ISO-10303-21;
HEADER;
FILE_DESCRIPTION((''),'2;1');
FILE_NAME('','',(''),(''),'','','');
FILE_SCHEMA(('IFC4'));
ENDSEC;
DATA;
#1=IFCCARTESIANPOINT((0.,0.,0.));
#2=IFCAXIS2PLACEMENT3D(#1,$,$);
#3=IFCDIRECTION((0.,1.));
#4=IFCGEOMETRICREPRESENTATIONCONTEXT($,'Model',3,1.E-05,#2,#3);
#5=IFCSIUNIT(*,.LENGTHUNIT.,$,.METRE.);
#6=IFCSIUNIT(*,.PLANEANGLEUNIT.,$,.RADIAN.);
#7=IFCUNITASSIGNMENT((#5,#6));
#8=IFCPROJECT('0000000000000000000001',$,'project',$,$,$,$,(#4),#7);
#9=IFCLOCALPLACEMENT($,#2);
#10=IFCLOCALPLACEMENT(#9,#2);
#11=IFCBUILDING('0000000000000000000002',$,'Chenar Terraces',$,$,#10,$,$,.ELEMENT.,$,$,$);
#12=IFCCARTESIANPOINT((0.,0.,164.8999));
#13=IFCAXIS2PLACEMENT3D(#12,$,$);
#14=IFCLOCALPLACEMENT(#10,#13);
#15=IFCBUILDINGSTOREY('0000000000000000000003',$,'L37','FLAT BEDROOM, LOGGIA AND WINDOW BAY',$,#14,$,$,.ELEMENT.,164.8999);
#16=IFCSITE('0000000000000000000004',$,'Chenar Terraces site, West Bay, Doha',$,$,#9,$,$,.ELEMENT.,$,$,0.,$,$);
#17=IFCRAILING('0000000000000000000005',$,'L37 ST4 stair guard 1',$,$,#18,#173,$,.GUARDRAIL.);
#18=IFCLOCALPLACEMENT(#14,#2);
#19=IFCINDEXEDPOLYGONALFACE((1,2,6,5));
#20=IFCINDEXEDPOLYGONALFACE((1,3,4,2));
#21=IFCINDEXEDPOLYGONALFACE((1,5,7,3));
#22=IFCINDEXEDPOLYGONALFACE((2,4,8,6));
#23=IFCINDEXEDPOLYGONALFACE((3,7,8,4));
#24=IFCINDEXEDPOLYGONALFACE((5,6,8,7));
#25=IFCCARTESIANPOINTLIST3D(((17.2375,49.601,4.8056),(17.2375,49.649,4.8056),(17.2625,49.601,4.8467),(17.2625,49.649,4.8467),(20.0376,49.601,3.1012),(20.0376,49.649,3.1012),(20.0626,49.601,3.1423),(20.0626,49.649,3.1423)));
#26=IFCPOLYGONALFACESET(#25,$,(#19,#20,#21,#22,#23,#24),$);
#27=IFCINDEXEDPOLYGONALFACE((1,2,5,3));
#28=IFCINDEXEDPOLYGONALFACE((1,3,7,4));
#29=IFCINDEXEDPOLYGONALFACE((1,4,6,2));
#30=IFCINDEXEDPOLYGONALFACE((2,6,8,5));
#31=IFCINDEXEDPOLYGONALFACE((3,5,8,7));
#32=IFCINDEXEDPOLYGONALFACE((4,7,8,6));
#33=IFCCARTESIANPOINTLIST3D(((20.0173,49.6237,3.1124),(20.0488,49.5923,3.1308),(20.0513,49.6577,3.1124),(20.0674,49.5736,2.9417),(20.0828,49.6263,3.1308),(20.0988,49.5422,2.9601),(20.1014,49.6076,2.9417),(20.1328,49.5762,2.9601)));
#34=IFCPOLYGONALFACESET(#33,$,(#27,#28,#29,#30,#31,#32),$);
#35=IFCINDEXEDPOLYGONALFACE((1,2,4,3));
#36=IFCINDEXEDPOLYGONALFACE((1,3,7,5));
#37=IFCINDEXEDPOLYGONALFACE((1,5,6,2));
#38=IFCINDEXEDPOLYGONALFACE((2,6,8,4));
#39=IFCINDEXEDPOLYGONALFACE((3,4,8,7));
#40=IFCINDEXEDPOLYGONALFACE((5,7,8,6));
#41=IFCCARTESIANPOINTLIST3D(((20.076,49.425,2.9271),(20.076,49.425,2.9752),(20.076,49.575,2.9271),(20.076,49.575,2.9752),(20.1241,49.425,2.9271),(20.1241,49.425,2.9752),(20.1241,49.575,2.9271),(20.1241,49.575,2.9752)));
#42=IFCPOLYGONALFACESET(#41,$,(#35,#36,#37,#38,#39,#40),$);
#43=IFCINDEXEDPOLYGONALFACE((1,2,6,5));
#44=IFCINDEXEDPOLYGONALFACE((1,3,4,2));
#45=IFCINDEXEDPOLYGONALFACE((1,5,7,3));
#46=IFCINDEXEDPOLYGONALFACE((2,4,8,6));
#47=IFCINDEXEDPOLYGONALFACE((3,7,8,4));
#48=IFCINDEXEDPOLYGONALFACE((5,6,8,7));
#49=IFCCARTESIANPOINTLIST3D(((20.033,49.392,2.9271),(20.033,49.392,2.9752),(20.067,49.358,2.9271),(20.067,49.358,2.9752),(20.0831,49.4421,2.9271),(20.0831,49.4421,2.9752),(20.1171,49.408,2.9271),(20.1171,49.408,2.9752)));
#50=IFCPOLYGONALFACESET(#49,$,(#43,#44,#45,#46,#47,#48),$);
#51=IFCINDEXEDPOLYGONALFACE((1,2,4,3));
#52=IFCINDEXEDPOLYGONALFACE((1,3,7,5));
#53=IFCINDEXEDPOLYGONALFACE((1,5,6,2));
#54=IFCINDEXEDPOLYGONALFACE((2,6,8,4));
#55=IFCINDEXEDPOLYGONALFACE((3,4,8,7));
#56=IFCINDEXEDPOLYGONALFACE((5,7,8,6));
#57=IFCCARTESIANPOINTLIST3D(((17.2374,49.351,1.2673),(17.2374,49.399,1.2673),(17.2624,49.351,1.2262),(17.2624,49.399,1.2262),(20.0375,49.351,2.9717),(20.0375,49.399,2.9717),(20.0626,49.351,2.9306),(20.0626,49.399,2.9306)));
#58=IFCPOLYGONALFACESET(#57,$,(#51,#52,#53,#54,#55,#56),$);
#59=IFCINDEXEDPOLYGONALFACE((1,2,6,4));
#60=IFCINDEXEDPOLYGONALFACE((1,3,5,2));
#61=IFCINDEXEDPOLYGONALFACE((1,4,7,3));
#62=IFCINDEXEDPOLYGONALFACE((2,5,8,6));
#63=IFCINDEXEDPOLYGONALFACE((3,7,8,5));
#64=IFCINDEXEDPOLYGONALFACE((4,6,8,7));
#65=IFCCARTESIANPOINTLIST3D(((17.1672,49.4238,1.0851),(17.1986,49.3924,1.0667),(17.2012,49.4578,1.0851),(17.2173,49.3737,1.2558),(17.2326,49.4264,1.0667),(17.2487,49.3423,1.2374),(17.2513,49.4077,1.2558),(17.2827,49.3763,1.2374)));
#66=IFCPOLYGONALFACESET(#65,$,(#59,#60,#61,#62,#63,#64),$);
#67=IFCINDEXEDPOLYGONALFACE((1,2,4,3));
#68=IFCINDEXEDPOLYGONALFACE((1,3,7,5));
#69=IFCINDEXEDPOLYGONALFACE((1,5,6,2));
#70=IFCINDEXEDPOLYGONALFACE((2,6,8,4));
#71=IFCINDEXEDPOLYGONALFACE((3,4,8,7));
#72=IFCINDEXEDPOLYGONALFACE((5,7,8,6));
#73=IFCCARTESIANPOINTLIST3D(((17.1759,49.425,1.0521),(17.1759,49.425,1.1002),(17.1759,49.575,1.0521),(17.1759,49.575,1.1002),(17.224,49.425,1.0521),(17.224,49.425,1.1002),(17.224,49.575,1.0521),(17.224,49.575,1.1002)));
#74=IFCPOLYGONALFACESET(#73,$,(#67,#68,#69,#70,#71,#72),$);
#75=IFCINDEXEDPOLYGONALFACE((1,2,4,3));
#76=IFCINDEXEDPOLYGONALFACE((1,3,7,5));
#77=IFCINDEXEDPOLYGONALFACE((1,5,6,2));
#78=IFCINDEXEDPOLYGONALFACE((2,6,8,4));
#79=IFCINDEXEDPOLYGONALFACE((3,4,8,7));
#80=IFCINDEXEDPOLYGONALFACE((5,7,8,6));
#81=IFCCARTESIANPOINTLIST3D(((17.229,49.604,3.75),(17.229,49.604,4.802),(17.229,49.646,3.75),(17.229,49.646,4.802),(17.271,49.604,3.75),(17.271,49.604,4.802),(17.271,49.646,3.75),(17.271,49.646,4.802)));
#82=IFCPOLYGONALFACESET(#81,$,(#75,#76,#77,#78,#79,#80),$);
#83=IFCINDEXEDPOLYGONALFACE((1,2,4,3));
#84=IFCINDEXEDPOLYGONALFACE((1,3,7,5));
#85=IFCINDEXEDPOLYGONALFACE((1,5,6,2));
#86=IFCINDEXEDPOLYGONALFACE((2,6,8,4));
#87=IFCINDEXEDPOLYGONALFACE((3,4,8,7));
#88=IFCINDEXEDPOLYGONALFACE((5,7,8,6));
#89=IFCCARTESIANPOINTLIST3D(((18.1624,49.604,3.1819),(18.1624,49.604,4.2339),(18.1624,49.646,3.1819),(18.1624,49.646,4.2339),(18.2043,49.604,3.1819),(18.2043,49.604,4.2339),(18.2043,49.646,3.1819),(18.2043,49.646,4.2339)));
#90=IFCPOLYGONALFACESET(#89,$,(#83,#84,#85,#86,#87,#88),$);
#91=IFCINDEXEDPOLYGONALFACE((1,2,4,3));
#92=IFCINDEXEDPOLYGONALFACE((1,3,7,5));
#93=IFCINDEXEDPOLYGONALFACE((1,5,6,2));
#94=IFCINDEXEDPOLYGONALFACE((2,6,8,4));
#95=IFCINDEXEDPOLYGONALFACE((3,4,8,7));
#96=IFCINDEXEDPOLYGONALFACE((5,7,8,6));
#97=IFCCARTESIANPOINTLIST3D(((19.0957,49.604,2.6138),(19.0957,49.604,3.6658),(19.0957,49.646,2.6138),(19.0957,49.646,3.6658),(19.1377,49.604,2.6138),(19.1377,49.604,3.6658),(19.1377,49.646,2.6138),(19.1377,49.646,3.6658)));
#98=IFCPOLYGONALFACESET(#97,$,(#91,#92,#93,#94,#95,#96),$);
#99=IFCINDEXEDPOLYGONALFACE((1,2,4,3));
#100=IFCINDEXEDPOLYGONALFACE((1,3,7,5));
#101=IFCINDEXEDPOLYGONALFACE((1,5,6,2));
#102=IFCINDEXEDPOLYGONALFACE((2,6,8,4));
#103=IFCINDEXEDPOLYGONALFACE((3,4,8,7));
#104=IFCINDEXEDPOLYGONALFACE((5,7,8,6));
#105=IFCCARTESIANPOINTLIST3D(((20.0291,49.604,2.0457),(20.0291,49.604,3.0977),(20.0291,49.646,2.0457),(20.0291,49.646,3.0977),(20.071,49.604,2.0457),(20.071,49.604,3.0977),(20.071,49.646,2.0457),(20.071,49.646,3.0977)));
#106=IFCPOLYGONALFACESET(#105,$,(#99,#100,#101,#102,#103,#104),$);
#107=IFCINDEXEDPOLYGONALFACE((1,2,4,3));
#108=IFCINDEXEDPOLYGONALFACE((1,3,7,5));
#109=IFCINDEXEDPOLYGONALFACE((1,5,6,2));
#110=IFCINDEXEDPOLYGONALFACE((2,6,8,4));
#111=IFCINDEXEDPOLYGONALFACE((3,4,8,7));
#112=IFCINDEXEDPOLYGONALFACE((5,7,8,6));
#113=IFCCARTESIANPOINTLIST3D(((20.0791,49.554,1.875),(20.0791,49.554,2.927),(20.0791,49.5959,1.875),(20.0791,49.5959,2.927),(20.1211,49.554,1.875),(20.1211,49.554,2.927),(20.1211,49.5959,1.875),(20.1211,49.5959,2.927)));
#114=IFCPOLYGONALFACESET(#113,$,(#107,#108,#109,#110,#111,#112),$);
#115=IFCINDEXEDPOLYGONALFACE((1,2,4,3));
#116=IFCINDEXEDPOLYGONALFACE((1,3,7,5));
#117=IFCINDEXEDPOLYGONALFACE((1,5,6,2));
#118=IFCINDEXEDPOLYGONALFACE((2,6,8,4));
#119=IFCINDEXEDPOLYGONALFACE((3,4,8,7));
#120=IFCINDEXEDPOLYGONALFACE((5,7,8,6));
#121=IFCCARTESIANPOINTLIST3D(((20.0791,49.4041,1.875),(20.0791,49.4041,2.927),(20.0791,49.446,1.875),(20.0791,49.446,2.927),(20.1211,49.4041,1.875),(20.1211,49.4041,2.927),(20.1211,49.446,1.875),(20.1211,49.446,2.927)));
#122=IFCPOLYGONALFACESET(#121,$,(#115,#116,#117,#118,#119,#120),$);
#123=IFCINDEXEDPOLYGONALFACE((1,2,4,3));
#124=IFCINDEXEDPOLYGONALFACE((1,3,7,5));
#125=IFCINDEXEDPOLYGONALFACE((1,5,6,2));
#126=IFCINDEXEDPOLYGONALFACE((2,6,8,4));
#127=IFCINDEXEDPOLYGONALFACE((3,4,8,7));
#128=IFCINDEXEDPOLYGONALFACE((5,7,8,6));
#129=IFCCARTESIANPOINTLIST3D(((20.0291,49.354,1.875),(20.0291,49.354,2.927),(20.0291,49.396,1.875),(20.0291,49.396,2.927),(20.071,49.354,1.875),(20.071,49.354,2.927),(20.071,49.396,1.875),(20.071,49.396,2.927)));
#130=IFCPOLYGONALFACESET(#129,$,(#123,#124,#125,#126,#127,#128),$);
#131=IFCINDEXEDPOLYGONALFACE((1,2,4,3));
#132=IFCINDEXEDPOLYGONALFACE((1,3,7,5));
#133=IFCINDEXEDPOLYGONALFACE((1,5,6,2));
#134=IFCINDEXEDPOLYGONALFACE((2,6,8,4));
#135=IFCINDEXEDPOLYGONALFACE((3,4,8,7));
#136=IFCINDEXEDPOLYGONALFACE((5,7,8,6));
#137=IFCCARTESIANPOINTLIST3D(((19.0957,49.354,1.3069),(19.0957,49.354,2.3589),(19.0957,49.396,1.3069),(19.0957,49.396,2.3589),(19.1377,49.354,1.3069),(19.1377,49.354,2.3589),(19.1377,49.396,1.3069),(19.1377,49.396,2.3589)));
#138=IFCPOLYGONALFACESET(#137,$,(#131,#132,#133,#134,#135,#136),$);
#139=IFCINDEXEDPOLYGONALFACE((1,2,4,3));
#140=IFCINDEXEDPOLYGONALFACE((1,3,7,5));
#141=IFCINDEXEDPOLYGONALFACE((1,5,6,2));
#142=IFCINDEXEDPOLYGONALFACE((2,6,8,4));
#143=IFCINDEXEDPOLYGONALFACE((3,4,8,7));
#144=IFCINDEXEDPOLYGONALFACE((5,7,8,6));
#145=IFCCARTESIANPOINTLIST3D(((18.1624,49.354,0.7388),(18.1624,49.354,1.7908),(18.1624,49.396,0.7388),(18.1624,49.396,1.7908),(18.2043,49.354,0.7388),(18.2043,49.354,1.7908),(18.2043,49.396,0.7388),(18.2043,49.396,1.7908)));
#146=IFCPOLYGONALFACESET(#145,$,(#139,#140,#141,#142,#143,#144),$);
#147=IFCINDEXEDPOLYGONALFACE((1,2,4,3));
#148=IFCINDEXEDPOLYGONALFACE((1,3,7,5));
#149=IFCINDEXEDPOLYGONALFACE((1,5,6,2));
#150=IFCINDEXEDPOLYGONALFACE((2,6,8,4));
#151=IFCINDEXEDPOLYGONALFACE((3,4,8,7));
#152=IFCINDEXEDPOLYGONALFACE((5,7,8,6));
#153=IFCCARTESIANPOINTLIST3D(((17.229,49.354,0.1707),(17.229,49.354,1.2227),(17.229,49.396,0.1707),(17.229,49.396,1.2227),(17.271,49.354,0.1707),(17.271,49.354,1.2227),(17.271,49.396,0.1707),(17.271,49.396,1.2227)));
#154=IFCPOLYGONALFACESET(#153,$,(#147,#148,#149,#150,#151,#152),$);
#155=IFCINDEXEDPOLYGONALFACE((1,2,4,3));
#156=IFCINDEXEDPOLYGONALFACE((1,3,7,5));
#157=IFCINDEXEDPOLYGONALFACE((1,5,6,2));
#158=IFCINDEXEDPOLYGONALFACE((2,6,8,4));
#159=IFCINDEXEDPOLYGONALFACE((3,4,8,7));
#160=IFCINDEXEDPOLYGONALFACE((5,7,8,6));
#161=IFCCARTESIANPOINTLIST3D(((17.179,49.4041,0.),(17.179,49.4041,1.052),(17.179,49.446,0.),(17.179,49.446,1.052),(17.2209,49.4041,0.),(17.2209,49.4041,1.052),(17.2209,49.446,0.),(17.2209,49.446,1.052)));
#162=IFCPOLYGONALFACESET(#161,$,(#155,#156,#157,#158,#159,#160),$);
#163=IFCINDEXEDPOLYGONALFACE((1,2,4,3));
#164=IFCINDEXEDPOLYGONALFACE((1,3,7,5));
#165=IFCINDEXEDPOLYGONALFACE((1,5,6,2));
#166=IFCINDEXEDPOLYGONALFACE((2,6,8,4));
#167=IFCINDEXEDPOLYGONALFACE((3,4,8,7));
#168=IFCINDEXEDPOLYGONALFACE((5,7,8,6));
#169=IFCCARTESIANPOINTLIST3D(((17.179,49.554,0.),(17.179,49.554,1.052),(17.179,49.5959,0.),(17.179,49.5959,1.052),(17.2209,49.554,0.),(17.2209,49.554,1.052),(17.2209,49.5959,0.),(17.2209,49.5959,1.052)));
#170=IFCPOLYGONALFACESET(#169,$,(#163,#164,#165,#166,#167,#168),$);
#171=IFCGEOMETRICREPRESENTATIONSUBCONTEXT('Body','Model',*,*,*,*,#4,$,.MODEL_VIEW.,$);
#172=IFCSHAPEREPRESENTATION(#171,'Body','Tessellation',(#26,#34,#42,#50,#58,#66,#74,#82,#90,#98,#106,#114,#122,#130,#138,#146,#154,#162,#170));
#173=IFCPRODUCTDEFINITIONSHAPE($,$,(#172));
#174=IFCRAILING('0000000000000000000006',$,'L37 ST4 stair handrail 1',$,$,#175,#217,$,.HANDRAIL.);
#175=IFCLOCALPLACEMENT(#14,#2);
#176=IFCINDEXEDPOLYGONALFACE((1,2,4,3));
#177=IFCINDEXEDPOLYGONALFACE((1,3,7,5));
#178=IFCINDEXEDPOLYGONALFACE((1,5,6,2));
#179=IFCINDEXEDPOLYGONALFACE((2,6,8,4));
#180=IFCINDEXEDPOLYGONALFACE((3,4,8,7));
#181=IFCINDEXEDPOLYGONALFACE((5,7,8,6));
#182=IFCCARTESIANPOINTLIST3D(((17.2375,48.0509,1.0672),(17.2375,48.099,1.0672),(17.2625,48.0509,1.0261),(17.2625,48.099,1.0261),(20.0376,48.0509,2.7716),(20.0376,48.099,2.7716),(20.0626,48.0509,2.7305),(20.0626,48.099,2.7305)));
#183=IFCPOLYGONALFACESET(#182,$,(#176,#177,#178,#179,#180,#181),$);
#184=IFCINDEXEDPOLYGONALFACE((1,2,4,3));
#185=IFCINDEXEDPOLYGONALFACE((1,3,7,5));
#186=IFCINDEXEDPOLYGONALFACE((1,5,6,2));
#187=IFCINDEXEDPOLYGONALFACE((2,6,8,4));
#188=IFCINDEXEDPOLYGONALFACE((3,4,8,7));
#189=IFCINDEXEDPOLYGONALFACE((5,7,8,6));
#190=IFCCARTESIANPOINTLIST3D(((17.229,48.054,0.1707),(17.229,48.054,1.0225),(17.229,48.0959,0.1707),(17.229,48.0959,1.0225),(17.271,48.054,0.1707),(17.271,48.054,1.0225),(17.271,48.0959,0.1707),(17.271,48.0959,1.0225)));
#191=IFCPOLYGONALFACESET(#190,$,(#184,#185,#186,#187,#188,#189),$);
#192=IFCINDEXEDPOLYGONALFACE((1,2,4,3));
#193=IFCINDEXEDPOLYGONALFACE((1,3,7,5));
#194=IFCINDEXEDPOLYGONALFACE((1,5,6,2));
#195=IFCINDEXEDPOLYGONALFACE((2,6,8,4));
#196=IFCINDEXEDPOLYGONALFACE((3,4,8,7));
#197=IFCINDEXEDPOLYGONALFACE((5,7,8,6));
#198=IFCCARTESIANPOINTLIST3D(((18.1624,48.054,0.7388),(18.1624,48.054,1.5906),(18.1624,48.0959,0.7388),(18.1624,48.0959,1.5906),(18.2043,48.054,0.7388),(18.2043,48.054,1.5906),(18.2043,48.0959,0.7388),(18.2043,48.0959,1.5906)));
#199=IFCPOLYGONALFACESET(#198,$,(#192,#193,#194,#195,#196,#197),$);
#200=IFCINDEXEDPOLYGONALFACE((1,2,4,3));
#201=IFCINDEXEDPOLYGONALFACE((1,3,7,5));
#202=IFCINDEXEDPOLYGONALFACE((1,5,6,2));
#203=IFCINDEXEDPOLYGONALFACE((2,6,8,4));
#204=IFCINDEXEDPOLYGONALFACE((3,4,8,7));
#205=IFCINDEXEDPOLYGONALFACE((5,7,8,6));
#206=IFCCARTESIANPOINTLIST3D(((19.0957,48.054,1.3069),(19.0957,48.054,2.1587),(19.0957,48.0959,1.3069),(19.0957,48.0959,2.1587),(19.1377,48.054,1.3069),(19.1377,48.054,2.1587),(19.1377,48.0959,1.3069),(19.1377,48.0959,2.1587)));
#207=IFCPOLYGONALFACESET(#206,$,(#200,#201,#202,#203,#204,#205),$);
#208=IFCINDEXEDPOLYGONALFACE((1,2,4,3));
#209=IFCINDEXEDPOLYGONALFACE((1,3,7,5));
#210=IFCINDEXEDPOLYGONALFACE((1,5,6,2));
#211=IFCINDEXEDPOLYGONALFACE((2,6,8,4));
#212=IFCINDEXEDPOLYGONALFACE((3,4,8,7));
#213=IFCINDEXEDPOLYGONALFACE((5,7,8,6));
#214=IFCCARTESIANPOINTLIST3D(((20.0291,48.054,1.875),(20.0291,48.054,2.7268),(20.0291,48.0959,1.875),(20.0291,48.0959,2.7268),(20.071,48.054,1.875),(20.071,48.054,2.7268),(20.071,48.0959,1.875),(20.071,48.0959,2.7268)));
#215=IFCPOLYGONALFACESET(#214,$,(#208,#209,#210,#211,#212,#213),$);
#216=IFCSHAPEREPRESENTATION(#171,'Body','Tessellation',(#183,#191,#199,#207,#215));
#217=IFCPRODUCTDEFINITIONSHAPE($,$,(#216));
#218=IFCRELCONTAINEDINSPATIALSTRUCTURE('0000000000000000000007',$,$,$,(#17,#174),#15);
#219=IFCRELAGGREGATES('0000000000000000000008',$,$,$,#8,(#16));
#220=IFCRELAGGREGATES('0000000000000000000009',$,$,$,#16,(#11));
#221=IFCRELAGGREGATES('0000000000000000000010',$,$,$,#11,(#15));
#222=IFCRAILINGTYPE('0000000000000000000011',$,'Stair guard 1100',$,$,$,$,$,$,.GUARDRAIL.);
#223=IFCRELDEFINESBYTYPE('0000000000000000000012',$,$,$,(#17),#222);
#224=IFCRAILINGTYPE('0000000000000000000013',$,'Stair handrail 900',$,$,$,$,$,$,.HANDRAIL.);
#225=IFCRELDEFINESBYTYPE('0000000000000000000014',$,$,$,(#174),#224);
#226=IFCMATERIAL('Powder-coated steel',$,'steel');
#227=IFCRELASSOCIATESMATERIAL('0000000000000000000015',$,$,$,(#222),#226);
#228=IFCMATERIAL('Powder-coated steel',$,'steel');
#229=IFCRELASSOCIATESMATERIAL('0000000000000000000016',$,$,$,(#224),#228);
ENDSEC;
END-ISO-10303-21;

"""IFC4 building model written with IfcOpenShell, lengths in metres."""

from ifc_helpers import new_model, si_unit, direction, frame, origin, origin_2d, place, context, subcontext, project, spatial, rectangle, extrude, material, type_object, element, save


model = new_model("IFC4")

# Units and contexts
model_context = context("Model", 3, precision=1e-05, world=origin(), true_north=direction((0.0, 1.0)))
body_context = subcontext(model_context, "Body", "Model", "MODEL_VIEW")
ifc_project = project(units=[si_unit("LENGTHUNIT", "METRE"), si_unit("PLANEANGLEUNIT", "RADIAN")], contexts=[model_context])

# Site, building, storey
site_placement = place(None, origin())
site = spatial("IfcSite", under=ifc_project, at=site_placement, Name="Chenar Terraces site, West Bay, Doha", CompositionType="ELEMENT", RefElevation=0.0)
building_placement = place(site_placement, origin())
building = spatial("IfcBuilding", under=site, at=building_placement, Name="Chenar Terraces", CompositionType="ELEMENT")
storey_placement = place(building_placement, frame((0.0, 0.0, 164.8999)))
storey = spatial("IfcBuildingStorey", under=building, at=storey_placement, Name="L37", Description="FLAT BEDROOM, LOGGIA AND WINDOW BAY", CompositionType="ELEMENT", Elevation=164.8999)

# Railings
ifc_material_1 = material(Name="Powder-coated steel", Category="steel")
railing_type_1 = type_object("IfcRailingType", Name="Stair guard 1100", PredefinedType="GUARDRAIL", material=ifc_material_1)
railing_1_placement = place(storey_placement, frame((17.25, 49.625, 3.75)))
element("IfcRailing", 1, at=railing_1_placement, inside=storey, type_object=railing_type_1, Name="L37 ST4 stair guard 1", PredefinedType="GUARDRAIL", context=body_context, shape_type="SweptSolid", body=[
    extrude(rectangle(XDim=0.0481, YDim=0.0481, at=origin_2d()), frame((0.0, 0.0, 1.0762), z_axis=(0.854203, 0.0, -0.51994), x_axis=(0.0, 1.0, 0.0)), (0.0, 0.0, 1.0), 3.2781),
    extrude(rectangle(XDim=0.0481, YDim=0.0481, at=origin_2d()), frame((2.8, 0.0, -0.6284), z_axis=(0.2709, -0.2709, -0.923703), x_axis=(0.707107, 0.707107, 0.0)), (0.0, 0.0, 1.0), 0.1848),
    extrude(rectangle(XDim=0.0481, YDim=0.0481, at=origin_2d()), frame((2.8501, -0.05, -0.7988), z_axis=(0.0, -1.0, 0.0), x_axis=(1.0, 0.0, 0.0)), (0.0, 0.0, 1.0), 0.1499),
    extrude(rectangle(XDim=0.0481, YDim=0.0481, at=origin_2d()), frame((2.8501, -0.2, -0.7988), z_axis=(-0.707107, -0.707107, 0.0), x_axis=(0.707107, -0.707107, 0.0)), (0.0, 0.0, 1.0), 0.0708),
    extrude(rectangle(XDim=0.0481, YDim=0.0481, at=origin_2d()), frame((2.8, -0.25, -0.7988), z_axis=(-0.854203, 0.0, -0.51994), x_axis=(0.0, -1.0, 0.0)), (0.0, 0.0, 1.0), 3.2781),
    extrude(rectangle(XDim=0.0481, YDim=0.0481, at=origin_2d()), frame((0.0, -0.25, -2.5034), z_axis=(-0.2709, 0.2709, -0.923703), x_axis=(-0.707107, -0.707107, 0.0)), (0.0, 0.0, 1.0), 0.1848),
    extrude(rectangle(XDim=0.0481, YDim=0.0481, at=origin_2d()), frame((-0.05, -0.2, -2.6738), z_axis=(0.0, 1.0, 0.0), x_axis=(-1.0, 0.0, 0.0)), (0.0, 0.0, 1.0), 0.1499),
    extrude(rectangle(XDim=0.042, YDim=0.042, at=origin_2d()), origin(), (0.0, 0.0, 1.0), 1.052),
    extrude(rectangle(XDim=0.042, YDim=0.042, at=origin_2d()), frame((0.9333, 0.0, -0.5681)), (0.0, 0.0, 1.0), 1.052),
    extrude(rectangle(XDim=0.042, YDim=0.042, at=origin_2d()), frame((1.8667, 0.0, -1.1362)), (0.0, 0.0, 1.0), 1.052),
    extrude(rectangle(XDim=0.042, YDim=0.042, at=origin_2d()), frame((2.8, 0.0, -1.7043)), (0.0, 0.0, 1.0), 1.052),
    extrude(rectangle(XDim=0.042, YDim=0.042, at=origin_2d()), frame((2.8501, -0.05, -1.875)), (0.0, 0.0, 1.0), 1.052),
    extrude(rectangle(XDim=0.042, YDim=0.042, at=origin_2d()), frame((2.8501, -0.2, -1.875)), (0.0, 0.0, 1.0), 1.052),
    extrude(rectangle(XDim=0.042, YDim=0.042, at=origin_2d()), frame((2.8, -0.25, -1.875)), (0.0, 0.0, 1.0), 1.052),
    extrude(rectangle(XDim=0.042, YDim=0.042, at=origin_2d()), frame((1.8667, -0.25, -2.4431)), (0.0, 0.0, 1.0), 1.052),
    extrude(rectangle(XDim=0.042, YDim=0.042, at=origin_2d()), frame((0.9333, -0.25, -3.0112)), (0.0, 0.0, 1.0), 1.052),
    extrude(rectangle(XDim=0.042, YDim=0.042, at=origin_2d()), frame((0.0, -0.25, -3.5793)), (0.0, 0.0, 1.0), 1.052),
    extrude(rectangle(XDim=0.042, YDim=0.042, at=origin_2d()), frame((-0.05, -0.2, -3.75)), (0.0, 0.0, 1.0), 1.052),
    extrude(rectangle(XDim=0.042, YDim=0.042, at=origin_2d()), frame((-0.05, -0.05, -3.75)), (0.0, 0.0, 1.0), 1.052),
])
ifc_material_2 = material(Name="Powder-coated steel", Category="steel")
railing_type_2 = type_object("IfcRailingType", Name="Stair handrail 900", PredefinedType="HANDRAIL", material=ifc_material_2)
railing_2_placement = place(storey_placement, frame((17.25, 48.075, 0.1707)))
element("IfcRailing", 2, at=railing_2_placement, inside=storey, type_object=railing_type_2, Name="L37 ST4 stair handrail 1", PredefinedType="HANDRAIL", context=body_context, shape_type="SweptSolid", body=[
    extrude(rectangle(XDim=0.0481, YDim=0.0481, at=origin_2d()), frame((0.0, 0.0, 0.876), z_axis=(0.854203, 0.0, 0.51994), x_axis=(0.0, 1.0, 0.0)), (0.0, 0.0, 1.0), 3.2781),
    extrude(rectangle(XDim=0.042, YDim=0.042, at=origin_2d()), origin(), (0.0, 0.0, 1.0), 0.8518),
    extrude(rectangle(XDim=0.042, YDim=0.042, at=origin_2d()), frame((0.9333, 0.0, 0.5681)), (0.0, 0.0, 1.0), 0.8518),
    extrude(rectangle(XDim=0.042, YDim=0.042, at=origin_2d()), frame((1.8667, 0.0, 1.1362)), (0.0, 0.0, 1.0), 0.8518),
    extrude(rectangle(XDim=0.042, YDim=0.042, at=origin_2d()), frame((2.8, 0.0, 1.7043)), (0.0, 0.0, 1.0), 0.8518),
])

save(model, "model.ifc")
